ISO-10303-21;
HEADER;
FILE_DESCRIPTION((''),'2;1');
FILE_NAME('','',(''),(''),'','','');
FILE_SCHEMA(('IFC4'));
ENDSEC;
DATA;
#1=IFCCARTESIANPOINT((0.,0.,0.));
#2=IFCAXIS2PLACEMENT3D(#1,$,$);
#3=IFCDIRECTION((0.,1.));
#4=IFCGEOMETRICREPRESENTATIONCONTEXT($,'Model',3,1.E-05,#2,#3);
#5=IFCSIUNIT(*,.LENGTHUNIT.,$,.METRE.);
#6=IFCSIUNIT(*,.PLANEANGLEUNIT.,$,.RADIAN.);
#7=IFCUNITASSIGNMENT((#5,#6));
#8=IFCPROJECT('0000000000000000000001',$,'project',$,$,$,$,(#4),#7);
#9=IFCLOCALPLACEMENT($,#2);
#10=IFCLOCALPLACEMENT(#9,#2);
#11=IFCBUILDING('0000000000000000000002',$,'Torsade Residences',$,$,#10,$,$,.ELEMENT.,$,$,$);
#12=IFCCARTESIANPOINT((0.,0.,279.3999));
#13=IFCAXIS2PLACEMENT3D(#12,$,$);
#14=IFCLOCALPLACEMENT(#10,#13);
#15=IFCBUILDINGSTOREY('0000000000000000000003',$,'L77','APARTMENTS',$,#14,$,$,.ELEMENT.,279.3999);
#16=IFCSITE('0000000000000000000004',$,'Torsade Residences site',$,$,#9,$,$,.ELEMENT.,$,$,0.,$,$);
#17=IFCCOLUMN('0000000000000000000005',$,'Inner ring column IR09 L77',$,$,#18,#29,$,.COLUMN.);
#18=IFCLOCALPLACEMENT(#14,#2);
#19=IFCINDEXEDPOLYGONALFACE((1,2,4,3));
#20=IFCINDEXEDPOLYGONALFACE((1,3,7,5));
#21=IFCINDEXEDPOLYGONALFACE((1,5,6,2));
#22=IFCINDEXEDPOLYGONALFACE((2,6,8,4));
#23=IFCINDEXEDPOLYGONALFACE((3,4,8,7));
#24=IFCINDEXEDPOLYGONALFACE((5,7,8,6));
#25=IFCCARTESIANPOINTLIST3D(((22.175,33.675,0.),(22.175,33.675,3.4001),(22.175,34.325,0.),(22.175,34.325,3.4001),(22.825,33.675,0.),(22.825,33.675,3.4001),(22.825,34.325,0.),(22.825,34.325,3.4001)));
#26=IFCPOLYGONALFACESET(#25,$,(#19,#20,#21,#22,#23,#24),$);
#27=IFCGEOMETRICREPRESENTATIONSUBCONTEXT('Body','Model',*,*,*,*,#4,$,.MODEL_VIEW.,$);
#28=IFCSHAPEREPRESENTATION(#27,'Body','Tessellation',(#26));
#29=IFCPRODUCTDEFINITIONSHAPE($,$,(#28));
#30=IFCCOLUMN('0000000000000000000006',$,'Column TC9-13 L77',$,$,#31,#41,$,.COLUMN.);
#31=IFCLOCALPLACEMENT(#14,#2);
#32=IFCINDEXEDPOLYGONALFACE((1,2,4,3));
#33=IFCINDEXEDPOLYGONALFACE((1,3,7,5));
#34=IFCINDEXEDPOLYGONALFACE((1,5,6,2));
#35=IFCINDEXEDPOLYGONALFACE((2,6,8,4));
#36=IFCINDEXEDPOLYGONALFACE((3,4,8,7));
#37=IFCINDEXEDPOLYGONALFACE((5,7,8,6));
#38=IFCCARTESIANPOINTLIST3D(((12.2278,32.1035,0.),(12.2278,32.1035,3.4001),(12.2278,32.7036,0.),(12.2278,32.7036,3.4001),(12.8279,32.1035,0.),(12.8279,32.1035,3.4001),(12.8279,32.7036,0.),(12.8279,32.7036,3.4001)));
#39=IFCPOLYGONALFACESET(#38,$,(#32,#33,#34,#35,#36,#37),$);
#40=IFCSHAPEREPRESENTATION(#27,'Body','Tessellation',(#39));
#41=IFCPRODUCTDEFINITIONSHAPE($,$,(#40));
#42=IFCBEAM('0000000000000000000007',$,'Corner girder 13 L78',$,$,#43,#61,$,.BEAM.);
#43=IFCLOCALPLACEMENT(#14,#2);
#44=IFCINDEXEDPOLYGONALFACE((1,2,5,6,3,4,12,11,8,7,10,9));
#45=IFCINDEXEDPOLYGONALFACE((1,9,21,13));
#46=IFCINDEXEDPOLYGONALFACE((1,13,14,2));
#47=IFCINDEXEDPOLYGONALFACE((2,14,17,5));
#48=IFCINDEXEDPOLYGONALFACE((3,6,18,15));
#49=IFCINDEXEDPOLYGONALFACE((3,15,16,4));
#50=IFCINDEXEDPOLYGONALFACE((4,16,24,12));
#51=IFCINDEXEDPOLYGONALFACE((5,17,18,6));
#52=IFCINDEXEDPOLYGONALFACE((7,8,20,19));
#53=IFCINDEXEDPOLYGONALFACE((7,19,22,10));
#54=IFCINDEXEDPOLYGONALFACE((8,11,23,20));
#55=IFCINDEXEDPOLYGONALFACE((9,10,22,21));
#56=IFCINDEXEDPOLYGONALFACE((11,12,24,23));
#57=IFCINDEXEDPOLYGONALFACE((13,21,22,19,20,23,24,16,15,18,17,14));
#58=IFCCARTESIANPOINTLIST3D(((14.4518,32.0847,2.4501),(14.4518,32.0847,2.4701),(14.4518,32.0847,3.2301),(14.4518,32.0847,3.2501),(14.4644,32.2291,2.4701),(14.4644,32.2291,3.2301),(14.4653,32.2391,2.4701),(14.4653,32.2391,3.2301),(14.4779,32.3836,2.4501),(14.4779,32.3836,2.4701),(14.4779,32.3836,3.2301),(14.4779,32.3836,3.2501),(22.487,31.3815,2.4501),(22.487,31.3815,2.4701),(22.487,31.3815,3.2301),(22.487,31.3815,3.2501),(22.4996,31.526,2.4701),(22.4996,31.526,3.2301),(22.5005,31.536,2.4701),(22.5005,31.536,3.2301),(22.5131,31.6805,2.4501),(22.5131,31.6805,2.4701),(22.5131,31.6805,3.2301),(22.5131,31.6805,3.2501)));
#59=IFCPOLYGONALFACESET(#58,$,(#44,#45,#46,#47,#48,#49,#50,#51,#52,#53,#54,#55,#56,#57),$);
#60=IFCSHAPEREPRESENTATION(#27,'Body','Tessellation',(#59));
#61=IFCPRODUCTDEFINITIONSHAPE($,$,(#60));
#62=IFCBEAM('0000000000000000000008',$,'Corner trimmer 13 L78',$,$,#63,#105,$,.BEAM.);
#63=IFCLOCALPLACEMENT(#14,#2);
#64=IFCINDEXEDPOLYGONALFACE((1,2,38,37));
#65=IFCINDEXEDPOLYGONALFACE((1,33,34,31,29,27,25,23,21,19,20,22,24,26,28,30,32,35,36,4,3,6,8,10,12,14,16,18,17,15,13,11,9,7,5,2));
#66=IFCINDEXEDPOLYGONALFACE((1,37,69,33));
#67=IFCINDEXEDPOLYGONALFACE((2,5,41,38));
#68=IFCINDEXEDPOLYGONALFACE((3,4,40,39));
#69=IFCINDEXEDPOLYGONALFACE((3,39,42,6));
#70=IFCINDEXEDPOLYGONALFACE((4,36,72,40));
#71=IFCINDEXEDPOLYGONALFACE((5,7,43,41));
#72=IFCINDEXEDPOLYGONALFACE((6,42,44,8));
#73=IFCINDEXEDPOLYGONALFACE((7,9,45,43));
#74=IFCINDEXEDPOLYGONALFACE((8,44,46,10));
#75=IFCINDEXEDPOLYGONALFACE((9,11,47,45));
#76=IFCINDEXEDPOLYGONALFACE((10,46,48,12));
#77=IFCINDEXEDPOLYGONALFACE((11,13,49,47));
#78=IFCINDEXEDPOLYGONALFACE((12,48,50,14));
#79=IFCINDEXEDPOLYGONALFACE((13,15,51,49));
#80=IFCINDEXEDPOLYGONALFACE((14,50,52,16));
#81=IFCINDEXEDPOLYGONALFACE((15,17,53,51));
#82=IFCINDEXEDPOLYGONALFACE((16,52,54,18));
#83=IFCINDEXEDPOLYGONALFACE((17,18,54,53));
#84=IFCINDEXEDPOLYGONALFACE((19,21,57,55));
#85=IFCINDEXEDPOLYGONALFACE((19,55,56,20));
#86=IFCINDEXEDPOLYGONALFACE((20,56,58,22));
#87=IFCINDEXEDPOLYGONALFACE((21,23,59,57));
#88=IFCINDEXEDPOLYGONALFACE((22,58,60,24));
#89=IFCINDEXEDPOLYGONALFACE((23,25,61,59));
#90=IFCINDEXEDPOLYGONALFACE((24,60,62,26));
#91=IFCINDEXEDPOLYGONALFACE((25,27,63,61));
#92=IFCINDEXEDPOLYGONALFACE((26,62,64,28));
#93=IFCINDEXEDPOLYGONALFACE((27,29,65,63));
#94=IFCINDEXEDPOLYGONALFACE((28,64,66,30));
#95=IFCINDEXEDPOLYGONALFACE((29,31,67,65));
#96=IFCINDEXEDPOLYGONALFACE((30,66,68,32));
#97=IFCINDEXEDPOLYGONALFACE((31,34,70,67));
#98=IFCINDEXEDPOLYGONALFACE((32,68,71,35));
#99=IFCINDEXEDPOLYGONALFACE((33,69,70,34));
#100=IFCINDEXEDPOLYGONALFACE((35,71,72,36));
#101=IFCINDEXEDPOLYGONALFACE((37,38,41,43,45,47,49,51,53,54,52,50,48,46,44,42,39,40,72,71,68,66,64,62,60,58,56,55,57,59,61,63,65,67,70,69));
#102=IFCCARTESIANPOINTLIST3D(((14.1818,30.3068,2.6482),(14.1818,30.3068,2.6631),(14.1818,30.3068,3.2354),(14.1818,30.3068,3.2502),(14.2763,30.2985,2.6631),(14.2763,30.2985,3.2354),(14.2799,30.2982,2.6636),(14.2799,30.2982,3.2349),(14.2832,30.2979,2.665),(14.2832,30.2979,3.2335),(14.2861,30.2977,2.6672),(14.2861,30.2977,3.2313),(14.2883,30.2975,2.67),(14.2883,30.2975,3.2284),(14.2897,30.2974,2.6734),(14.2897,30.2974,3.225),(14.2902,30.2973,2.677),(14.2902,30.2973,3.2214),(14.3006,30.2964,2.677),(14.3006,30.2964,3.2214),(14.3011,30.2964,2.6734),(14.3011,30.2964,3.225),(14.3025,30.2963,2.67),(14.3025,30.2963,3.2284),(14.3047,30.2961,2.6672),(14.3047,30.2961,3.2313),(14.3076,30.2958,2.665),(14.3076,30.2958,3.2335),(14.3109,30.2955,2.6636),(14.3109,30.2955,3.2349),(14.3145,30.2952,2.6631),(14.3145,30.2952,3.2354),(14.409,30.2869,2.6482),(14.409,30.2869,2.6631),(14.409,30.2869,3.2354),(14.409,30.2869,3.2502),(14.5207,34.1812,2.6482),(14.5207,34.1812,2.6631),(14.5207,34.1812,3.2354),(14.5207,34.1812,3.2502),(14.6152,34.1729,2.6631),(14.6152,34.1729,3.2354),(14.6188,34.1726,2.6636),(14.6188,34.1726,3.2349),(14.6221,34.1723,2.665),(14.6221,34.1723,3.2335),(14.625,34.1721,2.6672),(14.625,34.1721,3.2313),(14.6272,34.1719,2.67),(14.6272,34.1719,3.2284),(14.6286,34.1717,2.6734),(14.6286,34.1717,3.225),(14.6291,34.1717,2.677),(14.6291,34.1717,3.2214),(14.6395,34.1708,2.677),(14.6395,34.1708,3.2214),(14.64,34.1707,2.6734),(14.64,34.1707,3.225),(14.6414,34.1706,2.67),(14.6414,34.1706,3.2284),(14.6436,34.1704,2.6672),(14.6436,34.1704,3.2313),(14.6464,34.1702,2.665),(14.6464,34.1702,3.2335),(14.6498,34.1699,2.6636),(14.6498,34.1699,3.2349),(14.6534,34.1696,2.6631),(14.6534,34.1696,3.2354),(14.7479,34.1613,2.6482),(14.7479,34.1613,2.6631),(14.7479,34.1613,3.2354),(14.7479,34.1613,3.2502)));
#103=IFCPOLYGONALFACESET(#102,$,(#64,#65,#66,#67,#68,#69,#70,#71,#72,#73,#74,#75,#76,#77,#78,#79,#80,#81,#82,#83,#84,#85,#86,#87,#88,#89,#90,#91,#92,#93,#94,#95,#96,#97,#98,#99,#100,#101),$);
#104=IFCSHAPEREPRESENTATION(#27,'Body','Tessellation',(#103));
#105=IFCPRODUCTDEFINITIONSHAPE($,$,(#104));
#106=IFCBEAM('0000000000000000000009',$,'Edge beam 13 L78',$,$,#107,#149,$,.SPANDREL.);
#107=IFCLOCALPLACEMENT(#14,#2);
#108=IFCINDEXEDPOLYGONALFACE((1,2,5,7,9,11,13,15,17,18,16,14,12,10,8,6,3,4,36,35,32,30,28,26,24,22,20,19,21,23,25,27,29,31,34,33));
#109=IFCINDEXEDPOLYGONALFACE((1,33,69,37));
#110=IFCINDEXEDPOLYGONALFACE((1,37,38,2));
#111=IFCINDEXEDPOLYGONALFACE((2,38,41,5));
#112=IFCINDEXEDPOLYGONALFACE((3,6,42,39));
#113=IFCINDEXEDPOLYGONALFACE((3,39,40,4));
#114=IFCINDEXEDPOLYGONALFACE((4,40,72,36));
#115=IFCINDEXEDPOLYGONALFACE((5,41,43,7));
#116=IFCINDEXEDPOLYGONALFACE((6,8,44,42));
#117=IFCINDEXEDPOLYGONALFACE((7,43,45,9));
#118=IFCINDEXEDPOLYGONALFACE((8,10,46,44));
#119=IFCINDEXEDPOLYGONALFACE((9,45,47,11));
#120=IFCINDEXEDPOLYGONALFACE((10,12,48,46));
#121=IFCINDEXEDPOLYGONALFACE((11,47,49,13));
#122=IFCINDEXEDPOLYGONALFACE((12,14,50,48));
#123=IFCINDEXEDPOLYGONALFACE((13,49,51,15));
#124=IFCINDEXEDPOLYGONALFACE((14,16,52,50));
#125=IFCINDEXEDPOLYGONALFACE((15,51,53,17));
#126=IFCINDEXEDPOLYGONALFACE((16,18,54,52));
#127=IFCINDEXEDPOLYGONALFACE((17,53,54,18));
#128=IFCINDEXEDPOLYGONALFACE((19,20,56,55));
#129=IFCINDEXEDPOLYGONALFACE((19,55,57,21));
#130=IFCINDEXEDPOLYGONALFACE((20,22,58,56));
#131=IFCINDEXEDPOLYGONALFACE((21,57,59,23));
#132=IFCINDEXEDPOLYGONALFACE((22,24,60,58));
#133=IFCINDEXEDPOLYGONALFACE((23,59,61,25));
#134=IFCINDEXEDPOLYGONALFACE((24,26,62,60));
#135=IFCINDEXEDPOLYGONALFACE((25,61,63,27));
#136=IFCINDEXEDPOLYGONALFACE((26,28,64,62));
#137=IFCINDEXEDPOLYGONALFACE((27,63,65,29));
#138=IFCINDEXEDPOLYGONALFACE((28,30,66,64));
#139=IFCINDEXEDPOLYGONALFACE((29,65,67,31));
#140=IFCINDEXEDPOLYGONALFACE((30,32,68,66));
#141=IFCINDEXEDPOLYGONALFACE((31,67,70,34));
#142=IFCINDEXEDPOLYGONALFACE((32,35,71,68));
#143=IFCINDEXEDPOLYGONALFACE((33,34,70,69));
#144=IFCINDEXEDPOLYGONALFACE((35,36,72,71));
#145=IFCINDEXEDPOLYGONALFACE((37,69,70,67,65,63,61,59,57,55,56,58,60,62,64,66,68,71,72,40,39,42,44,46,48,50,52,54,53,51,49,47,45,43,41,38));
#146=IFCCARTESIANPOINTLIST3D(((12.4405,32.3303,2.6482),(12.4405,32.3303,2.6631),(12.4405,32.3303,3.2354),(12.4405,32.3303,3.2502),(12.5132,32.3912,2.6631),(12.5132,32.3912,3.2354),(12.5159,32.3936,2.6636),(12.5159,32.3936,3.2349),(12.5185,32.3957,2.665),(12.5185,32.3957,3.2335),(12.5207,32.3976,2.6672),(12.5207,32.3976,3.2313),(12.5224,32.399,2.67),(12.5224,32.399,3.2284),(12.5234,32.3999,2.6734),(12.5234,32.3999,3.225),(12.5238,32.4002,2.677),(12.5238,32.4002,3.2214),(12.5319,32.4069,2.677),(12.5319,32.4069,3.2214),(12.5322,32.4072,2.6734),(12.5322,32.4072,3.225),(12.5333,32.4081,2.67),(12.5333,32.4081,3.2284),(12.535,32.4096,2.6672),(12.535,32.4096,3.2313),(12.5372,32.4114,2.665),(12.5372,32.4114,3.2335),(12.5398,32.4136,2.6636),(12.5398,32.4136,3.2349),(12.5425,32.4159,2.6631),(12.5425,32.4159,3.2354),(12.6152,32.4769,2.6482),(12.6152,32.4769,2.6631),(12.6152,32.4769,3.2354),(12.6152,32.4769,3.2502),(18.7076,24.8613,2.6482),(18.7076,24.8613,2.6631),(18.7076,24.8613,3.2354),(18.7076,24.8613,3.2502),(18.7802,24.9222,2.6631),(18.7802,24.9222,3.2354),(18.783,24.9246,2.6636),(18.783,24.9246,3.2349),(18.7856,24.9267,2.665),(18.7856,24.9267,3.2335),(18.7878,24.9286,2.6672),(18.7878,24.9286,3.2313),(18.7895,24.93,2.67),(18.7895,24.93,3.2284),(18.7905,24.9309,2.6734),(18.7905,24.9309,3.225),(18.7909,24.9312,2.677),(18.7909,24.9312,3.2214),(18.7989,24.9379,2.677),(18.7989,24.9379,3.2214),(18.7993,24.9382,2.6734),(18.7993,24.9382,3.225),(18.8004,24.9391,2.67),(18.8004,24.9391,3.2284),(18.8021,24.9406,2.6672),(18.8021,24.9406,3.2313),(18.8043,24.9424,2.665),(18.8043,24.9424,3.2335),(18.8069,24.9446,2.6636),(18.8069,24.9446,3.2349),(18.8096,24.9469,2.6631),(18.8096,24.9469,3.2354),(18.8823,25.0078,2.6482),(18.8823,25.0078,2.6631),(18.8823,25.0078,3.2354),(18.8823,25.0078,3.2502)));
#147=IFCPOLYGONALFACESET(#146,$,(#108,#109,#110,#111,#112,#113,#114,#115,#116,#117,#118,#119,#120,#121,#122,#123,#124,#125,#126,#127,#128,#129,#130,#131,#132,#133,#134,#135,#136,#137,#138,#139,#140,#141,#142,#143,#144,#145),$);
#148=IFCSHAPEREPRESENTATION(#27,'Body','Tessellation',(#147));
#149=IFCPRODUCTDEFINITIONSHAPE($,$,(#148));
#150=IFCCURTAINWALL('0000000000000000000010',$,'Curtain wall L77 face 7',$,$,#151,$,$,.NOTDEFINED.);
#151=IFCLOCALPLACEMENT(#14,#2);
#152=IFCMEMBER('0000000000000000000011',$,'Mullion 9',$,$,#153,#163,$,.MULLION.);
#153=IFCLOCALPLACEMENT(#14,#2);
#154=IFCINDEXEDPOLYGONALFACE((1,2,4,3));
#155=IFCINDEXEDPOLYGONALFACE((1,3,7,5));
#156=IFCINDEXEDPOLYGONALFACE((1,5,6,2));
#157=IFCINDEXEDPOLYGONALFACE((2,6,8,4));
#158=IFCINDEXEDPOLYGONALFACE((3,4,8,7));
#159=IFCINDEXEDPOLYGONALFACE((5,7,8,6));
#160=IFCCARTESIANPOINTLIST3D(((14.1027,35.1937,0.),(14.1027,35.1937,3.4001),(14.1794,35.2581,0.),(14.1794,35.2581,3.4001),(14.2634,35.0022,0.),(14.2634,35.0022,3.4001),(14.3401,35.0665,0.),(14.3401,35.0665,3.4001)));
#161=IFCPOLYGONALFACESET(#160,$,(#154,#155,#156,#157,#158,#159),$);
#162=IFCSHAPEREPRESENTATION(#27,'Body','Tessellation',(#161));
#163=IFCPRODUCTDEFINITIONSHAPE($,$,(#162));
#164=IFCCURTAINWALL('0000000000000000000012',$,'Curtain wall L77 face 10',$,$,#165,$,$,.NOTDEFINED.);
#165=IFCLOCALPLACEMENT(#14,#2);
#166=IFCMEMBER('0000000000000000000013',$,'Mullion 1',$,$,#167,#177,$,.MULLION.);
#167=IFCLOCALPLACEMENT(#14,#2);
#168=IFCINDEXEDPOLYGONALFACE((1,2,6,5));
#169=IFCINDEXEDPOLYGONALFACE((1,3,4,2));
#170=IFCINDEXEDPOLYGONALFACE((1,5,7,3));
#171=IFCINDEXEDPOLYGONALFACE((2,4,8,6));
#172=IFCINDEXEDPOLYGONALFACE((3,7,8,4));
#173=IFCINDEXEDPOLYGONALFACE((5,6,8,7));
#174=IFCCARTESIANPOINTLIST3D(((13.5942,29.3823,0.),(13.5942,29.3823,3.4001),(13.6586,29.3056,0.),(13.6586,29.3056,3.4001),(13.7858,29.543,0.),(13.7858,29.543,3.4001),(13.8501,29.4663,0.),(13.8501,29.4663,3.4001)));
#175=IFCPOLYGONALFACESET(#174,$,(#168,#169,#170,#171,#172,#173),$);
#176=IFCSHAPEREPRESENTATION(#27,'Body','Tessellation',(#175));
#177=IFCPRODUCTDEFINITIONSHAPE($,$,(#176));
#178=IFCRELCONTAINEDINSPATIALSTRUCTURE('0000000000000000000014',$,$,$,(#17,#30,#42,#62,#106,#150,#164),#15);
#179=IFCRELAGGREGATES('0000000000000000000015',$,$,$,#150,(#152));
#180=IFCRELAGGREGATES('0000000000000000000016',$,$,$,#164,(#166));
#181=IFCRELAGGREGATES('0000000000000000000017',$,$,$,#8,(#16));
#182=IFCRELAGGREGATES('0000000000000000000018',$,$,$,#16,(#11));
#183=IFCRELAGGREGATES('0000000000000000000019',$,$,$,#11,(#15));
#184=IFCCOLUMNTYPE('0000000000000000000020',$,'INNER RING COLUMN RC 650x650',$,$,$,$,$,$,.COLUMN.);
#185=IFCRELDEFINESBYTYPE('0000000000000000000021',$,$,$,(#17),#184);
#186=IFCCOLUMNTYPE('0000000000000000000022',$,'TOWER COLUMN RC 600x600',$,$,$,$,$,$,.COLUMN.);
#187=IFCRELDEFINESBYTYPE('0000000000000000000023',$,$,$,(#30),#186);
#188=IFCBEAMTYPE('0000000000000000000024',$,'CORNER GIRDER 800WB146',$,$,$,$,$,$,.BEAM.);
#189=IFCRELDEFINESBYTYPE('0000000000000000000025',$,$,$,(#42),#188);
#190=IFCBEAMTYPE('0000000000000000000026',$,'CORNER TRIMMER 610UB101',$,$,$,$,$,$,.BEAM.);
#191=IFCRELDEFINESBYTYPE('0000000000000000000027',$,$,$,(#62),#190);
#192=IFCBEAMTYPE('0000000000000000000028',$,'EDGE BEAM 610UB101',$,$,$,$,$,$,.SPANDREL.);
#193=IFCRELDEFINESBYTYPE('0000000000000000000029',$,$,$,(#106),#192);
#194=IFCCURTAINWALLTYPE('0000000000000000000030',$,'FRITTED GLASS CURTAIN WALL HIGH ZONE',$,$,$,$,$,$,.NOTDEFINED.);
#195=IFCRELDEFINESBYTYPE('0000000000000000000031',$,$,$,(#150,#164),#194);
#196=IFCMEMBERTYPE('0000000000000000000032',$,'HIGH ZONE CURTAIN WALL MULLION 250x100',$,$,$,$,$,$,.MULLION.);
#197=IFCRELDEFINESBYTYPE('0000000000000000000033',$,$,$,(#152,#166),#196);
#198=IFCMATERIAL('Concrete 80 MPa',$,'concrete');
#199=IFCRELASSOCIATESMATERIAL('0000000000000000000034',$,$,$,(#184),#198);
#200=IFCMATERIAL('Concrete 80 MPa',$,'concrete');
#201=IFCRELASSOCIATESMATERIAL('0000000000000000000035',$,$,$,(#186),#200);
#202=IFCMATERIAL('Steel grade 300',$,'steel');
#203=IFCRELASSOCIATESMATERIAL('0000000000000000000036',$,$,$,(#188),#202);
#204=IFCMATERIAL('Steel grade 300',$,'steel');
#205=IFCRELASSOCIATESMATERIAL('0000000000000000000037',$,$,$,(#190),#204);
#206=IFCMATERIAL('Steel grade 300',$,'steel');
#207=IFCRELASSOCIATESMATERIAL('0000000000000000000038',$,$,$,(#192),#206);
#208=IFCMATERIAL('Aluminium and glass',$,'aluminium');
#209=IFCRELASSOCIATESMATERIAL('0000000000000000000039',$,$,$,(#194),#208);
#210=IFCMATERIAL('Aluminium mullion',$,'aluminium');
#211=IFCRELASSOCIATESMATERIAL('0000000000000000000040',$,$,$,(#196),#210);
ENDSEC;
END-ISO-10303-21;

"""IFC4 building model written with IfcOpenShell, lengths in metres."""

from ifc_helpers import new_model, si_unit, direction, frame, origin, origin_2d, place, context, subcontext, project, spatial, rectangle, i_section, extrude, material, material_profile, profile_set, type_object, element, aggregate, save


model = new_model("IFC4")

# Units and contexts
model_context = context("Model", 3, precision=1e-05, world=origin(), true_north=direction((0.0, 1.0)))
body_context = subcontext(model_context, "Body", "Model", "MODEL_VIEW")
ifc_project = project(units=[si_unit("LENGTHUNIT", "METRE"), si_unit("PLANEANGLEUNIT", "RADIAN")], contexts=[model_context])

# Site, building, storey
site_placement = place(None, origin())
site = spatial("IfcSite", under=ifc_project, at=site_placement, Name="Torsade Residences site", CompositionType="ELEMENT", RefElevation=0.0)
building_placement = place(site_placement, origin())
building = spatial("IfcBuilding", under=site, at=building_placement, Name="Torsade Residences", CompositionType="ELEMENT")
storey_placement = place(building_placement, frame((0.0, 0.0, 279.3999)))
storey = spatial("IfcBuildingStorey", under=building, at=storey_placement, Name="L77", Description="APARTMENTS", CompositionType="ELEMENT", Elevation=279.3999)

# Columns
ifc_material_1 = material(Name="Concrete 80 MPa", Category="concrete")
ifc_material_profile_1 = material_profile(ifc_material_1, rectangle(XDim=0.6499, YDim=0.6499, at=origin_2d()), Name="RC 650x650")
ifc_profile_set_1 = profile_set([ifc_material_profile_1], Name="Concrete 80 MPa")
column_type_1 = type_object("IfcColumnType", Name="INNER RING COLUMN RC 650x650", PredefinedType="COLUMN", material=ifc_profile_set_1)
column_1_placement = place(storey_placement, frame((22.5, 34.0, 0.0), z_axis=(0.0, 0.0, 1.0), x_axis=(1.0, 0.0, 0.0)))
element("IfcColumn", 1, at=column_1_placement, inside=storey, type_object=column_type_1, Name="Inner ring column IR09 L77", PredefinedType="COLUMN", context=body_context, shape_type="SweptSolid", body=[
    extrude(rectangle(XDim=0.6499, YDim=0.6499, at=origin_2d()), origin(), (0.0, 0.0, 1.0), 3.4001),
])
ifc_material_2 = material(Name="Concrete 80 MPa", Category="concrete")
ifc_material_profile_2 = material_profile(ifc_material_2, rectangle(XDim=0.6001, YDim=0.6001, at=origin_2d()), Name="RC 600x600")
ifc_profile_set_2 = profile_set([ifc_material_profile_2], Name="Concrete 80 MPa")
column_type_2 = type_object("IfcColumnType", Name="TOWER COLUMN RC 600x600", PredefinedType="COLUMN", material=ifc_profile_set_2)
column_2_placement = place(storey_placement, frame((12.5278, 32.4036, 0.0), z_axis=(0.0, 0.0, 1.0), x_axis=(1.0, 0.0, 0.0)))
element("IfcColumn", 2, at=column_2_placement, inside=storey, type_object=column_type_2, Name="Column TC9-13 L77", PredefinedType="COLUMN", context=body_context, shape_type="SweptSolid", body=[
    extrude(rectangle(XDim=0.6001, YDim=0.6001, at=origin_2d()), origin(), (0.0, 0.0, 1.0), 3.4001),
])

# Beams
ifc_material_3 = material(Name="Steel grade 300", Category="steel")
ifc_material_profile_3 = material_profile(ifc_material_3, i_section(OverallWidth=0.3, OverallDepth=0.8, WebThickness=0.01, FlangeThickness=0.02, at=origin_2d()), Name="800WB146")
ifc_profile_set_3 = profile_set([ifc_material_profile_3], Name="Steel grade 300")
beam_type_1 = type_object("IfcBeamType", Name="CORNER GIRDER 800WB146", PredefinedType="BEAM", material=ifc_profile_set_3)
beam_1_placement = place(storey_placement, frame((14.4648, 32.2341, 2.8501), z_axis=(0.996193, -0.087173, 0.0), x_axis=(0.087173, 0.996193, 0.0)))
element("IfcBeam", 3, at=beam_1_placement, inside=storey, type_object=beam_type_1, Name="Corner girder 13 L78", PredefinedType="BEAM", context=body_context, shape_type="SweptSolid", body=[
    extrude(i_section(OverallWidth=0.3, OverallDepth=0.8, WebThickness=0.01, FlangeThickness=0.02, at=origin_2d()), origin(), (0.0, 0.0, 1.0), 8.0659),
])
ifc_material_4 = material(Name="Steel grade 300", Category="steel")
ifc_material_profile_4 = material_profile(ifc_material_4, i_section(OverallWidth=0.228, OverallDepth=0.6021, WebThickness=0.0105, FlangeThickness=0.0149, FilletRadius=0.0139, at=origin_2d()), Name="610UB101")
ifc_profile_set_4 = profile_set([ifc_material_profile_4], Name="Steel grade 300")
beam_type_2 = type_object("IfcBeamType", Name="CORNER TRIMMER 610UB101", PredefinedType="BEAM", material=ifc_profile_set_4)
beam_2_placement = place(storey_placement, frame((14.2954, 30.2969, 2.9492), z_axis=(0.087133, 0.996197, 0.0), x_axis=(-0.996197, 0.087133, 0.0)))
element("IfcBeam", 4, at=beam_2_placement, inside=storey, type_object=beam_type_2, Name="Corner trimmer 13 L78", PredefinedType="BEAM", context=body_context, shape_type="SweptSolid", body=[
    extrude(i_section(OverallWidth=0.228, OverallDepth=0.6021, WebThickness=0.0105, FlangeThickness=0.0149, FilletRadius=0.0139, at=origin_2d()), origin(), (0.0, 0.0, 1.0), 3.8892),
])
ifc_material_5 = material(Name="Steel grade 300", Category="steel")
ifc_material_profile_5 = material_profile(ifc_material_5, i_section(OverallWidth=0.228, OverallDepth=0.6021, WebThickness=0.0105, FlangeThickness=0.0149, FilletRadius=0.0139, at=origin_2d()), Name="610UB101")
ifc_profile_set_5 = profile_set([ifc_material_profile_5], Name="Steel grade 300")
beam_type_3 = type_object("IfcBeamType", Name="EDGE BEAM 610UB101", PredefinedType="SPANDREL", material=ifc_profile_set_5)
beam_3_placement = place(storey_placement, frame((12.5278, 32.4036, 2.9492), z_axis=(0.642779, -0.766052, 0.0), x_axis=(0.766052, 0.642779, 0.0)))
element("IfcBeam", 5, at=beam_3_placement, inside=storey, type_object=beam_type_3, Name="Edge beam 13 L78", PredefinedType="SPANDREL", context=body_context, shape_type="SweptSolid", body=[
    extrude(i_section(OverallWidth=0.228, OverallDepth=0.6021, WebThickness=0.0105, FlangeThickness=0.0149, FilletRadius=0.0139, at=origin_2d()), origin(), (0.0, 0.0, 1.0), 9.75),
])

# Curtain walls, members
ifc_material_6 = material(Name="Aluminium and glass", Category="aluminium")
curtain_wall_type = type_object("IfcCurtainWallType", Name="FRITTED GLASS CURTAIN WALL HIGH ZONE", PredefinedType="NOTDEFINED", material=ifc_material_6)
curtain_wall_1_placement = place(storey_placement, origin())
curtain_wall_1 = element("IfcCurtainWall", 6, at=curtain_wall_1_placement, inside=storey, type_object=curtain_wall_type, Name="Curtain wall L77 face 7", PredefinedType="NOTDEFINED")
ifc_material_7 = material(Name="Aluminium mullion", Category="aluminium")
ifc_material_profile_6 = material_profile(ifc_material_7, rectangle(XDim=0.25, YDim=0.1001, at=origin_2d()), Name="HIGH ZONE CURTAIN WALL MULLION 250x100")
ifc_profile_set_6 = profile_set([ifc_material_profile_6], Name="Aluminium mullion")
member_type = type_object("IfcMemberType", Name="HIGH ZONE CURTAIN WALL MULLION 250x100", PredefinedType="MULLION", material=ifc_profile_set_6)
member_1_placement = place(storey_placement, frame((14.2214, 35.1301, 0.0), z_axis=(0.0, 0.0, 1.0), x_axis=(0.642788, -0.766044, 0.0)))
member_1 = element("IfcMember", 7, at=member_1_placement, type_object=member_type, Name="Mullion 9", PredefinedType="MULLION", context=body_context, shape_type="SweptSolid", body=[
    extrude(rectangle(XDim=0.25, YDim=0.1001, at=origin_2d()), origin(), (0.0, 0.0, 1.0), 3.4001),
])
aggregate(curtain_wall_1, [member_1])
curtain_wall_2_placement = place(storey_placement, origin())
curtain_wall_2 = element("IfcCurtainWall", 8, at=curtain_wall_2_placement, inside=storey, type_object=curtain_wall_type, Name="Curtain wall L77 face 10", PredefinedType="NOTDEFINED")
member_2_placement = place(storey_placement, frame((13.7222, 29.4243, 0.0), z_axis=(0.0, 0.0, 1.0), x_axis=(0.766044, 0.642788, 0.0)))
member_2 = element("IfcMember", 9, at=member_2_placement, type_object=member_type, Name="Mullion 1", PredefinedType="MULLION", context=body_context, shape_type="SweptSolid", body=[
    extrude(rectangle(XDim=0.25, YDim=0.1001, at=origin_2d()), origin(), (0.0, 0.0, 1.0), 3.4001),
])
aggregate(curtain_wall_2, [member_2])

save(model, "model.ifc")
